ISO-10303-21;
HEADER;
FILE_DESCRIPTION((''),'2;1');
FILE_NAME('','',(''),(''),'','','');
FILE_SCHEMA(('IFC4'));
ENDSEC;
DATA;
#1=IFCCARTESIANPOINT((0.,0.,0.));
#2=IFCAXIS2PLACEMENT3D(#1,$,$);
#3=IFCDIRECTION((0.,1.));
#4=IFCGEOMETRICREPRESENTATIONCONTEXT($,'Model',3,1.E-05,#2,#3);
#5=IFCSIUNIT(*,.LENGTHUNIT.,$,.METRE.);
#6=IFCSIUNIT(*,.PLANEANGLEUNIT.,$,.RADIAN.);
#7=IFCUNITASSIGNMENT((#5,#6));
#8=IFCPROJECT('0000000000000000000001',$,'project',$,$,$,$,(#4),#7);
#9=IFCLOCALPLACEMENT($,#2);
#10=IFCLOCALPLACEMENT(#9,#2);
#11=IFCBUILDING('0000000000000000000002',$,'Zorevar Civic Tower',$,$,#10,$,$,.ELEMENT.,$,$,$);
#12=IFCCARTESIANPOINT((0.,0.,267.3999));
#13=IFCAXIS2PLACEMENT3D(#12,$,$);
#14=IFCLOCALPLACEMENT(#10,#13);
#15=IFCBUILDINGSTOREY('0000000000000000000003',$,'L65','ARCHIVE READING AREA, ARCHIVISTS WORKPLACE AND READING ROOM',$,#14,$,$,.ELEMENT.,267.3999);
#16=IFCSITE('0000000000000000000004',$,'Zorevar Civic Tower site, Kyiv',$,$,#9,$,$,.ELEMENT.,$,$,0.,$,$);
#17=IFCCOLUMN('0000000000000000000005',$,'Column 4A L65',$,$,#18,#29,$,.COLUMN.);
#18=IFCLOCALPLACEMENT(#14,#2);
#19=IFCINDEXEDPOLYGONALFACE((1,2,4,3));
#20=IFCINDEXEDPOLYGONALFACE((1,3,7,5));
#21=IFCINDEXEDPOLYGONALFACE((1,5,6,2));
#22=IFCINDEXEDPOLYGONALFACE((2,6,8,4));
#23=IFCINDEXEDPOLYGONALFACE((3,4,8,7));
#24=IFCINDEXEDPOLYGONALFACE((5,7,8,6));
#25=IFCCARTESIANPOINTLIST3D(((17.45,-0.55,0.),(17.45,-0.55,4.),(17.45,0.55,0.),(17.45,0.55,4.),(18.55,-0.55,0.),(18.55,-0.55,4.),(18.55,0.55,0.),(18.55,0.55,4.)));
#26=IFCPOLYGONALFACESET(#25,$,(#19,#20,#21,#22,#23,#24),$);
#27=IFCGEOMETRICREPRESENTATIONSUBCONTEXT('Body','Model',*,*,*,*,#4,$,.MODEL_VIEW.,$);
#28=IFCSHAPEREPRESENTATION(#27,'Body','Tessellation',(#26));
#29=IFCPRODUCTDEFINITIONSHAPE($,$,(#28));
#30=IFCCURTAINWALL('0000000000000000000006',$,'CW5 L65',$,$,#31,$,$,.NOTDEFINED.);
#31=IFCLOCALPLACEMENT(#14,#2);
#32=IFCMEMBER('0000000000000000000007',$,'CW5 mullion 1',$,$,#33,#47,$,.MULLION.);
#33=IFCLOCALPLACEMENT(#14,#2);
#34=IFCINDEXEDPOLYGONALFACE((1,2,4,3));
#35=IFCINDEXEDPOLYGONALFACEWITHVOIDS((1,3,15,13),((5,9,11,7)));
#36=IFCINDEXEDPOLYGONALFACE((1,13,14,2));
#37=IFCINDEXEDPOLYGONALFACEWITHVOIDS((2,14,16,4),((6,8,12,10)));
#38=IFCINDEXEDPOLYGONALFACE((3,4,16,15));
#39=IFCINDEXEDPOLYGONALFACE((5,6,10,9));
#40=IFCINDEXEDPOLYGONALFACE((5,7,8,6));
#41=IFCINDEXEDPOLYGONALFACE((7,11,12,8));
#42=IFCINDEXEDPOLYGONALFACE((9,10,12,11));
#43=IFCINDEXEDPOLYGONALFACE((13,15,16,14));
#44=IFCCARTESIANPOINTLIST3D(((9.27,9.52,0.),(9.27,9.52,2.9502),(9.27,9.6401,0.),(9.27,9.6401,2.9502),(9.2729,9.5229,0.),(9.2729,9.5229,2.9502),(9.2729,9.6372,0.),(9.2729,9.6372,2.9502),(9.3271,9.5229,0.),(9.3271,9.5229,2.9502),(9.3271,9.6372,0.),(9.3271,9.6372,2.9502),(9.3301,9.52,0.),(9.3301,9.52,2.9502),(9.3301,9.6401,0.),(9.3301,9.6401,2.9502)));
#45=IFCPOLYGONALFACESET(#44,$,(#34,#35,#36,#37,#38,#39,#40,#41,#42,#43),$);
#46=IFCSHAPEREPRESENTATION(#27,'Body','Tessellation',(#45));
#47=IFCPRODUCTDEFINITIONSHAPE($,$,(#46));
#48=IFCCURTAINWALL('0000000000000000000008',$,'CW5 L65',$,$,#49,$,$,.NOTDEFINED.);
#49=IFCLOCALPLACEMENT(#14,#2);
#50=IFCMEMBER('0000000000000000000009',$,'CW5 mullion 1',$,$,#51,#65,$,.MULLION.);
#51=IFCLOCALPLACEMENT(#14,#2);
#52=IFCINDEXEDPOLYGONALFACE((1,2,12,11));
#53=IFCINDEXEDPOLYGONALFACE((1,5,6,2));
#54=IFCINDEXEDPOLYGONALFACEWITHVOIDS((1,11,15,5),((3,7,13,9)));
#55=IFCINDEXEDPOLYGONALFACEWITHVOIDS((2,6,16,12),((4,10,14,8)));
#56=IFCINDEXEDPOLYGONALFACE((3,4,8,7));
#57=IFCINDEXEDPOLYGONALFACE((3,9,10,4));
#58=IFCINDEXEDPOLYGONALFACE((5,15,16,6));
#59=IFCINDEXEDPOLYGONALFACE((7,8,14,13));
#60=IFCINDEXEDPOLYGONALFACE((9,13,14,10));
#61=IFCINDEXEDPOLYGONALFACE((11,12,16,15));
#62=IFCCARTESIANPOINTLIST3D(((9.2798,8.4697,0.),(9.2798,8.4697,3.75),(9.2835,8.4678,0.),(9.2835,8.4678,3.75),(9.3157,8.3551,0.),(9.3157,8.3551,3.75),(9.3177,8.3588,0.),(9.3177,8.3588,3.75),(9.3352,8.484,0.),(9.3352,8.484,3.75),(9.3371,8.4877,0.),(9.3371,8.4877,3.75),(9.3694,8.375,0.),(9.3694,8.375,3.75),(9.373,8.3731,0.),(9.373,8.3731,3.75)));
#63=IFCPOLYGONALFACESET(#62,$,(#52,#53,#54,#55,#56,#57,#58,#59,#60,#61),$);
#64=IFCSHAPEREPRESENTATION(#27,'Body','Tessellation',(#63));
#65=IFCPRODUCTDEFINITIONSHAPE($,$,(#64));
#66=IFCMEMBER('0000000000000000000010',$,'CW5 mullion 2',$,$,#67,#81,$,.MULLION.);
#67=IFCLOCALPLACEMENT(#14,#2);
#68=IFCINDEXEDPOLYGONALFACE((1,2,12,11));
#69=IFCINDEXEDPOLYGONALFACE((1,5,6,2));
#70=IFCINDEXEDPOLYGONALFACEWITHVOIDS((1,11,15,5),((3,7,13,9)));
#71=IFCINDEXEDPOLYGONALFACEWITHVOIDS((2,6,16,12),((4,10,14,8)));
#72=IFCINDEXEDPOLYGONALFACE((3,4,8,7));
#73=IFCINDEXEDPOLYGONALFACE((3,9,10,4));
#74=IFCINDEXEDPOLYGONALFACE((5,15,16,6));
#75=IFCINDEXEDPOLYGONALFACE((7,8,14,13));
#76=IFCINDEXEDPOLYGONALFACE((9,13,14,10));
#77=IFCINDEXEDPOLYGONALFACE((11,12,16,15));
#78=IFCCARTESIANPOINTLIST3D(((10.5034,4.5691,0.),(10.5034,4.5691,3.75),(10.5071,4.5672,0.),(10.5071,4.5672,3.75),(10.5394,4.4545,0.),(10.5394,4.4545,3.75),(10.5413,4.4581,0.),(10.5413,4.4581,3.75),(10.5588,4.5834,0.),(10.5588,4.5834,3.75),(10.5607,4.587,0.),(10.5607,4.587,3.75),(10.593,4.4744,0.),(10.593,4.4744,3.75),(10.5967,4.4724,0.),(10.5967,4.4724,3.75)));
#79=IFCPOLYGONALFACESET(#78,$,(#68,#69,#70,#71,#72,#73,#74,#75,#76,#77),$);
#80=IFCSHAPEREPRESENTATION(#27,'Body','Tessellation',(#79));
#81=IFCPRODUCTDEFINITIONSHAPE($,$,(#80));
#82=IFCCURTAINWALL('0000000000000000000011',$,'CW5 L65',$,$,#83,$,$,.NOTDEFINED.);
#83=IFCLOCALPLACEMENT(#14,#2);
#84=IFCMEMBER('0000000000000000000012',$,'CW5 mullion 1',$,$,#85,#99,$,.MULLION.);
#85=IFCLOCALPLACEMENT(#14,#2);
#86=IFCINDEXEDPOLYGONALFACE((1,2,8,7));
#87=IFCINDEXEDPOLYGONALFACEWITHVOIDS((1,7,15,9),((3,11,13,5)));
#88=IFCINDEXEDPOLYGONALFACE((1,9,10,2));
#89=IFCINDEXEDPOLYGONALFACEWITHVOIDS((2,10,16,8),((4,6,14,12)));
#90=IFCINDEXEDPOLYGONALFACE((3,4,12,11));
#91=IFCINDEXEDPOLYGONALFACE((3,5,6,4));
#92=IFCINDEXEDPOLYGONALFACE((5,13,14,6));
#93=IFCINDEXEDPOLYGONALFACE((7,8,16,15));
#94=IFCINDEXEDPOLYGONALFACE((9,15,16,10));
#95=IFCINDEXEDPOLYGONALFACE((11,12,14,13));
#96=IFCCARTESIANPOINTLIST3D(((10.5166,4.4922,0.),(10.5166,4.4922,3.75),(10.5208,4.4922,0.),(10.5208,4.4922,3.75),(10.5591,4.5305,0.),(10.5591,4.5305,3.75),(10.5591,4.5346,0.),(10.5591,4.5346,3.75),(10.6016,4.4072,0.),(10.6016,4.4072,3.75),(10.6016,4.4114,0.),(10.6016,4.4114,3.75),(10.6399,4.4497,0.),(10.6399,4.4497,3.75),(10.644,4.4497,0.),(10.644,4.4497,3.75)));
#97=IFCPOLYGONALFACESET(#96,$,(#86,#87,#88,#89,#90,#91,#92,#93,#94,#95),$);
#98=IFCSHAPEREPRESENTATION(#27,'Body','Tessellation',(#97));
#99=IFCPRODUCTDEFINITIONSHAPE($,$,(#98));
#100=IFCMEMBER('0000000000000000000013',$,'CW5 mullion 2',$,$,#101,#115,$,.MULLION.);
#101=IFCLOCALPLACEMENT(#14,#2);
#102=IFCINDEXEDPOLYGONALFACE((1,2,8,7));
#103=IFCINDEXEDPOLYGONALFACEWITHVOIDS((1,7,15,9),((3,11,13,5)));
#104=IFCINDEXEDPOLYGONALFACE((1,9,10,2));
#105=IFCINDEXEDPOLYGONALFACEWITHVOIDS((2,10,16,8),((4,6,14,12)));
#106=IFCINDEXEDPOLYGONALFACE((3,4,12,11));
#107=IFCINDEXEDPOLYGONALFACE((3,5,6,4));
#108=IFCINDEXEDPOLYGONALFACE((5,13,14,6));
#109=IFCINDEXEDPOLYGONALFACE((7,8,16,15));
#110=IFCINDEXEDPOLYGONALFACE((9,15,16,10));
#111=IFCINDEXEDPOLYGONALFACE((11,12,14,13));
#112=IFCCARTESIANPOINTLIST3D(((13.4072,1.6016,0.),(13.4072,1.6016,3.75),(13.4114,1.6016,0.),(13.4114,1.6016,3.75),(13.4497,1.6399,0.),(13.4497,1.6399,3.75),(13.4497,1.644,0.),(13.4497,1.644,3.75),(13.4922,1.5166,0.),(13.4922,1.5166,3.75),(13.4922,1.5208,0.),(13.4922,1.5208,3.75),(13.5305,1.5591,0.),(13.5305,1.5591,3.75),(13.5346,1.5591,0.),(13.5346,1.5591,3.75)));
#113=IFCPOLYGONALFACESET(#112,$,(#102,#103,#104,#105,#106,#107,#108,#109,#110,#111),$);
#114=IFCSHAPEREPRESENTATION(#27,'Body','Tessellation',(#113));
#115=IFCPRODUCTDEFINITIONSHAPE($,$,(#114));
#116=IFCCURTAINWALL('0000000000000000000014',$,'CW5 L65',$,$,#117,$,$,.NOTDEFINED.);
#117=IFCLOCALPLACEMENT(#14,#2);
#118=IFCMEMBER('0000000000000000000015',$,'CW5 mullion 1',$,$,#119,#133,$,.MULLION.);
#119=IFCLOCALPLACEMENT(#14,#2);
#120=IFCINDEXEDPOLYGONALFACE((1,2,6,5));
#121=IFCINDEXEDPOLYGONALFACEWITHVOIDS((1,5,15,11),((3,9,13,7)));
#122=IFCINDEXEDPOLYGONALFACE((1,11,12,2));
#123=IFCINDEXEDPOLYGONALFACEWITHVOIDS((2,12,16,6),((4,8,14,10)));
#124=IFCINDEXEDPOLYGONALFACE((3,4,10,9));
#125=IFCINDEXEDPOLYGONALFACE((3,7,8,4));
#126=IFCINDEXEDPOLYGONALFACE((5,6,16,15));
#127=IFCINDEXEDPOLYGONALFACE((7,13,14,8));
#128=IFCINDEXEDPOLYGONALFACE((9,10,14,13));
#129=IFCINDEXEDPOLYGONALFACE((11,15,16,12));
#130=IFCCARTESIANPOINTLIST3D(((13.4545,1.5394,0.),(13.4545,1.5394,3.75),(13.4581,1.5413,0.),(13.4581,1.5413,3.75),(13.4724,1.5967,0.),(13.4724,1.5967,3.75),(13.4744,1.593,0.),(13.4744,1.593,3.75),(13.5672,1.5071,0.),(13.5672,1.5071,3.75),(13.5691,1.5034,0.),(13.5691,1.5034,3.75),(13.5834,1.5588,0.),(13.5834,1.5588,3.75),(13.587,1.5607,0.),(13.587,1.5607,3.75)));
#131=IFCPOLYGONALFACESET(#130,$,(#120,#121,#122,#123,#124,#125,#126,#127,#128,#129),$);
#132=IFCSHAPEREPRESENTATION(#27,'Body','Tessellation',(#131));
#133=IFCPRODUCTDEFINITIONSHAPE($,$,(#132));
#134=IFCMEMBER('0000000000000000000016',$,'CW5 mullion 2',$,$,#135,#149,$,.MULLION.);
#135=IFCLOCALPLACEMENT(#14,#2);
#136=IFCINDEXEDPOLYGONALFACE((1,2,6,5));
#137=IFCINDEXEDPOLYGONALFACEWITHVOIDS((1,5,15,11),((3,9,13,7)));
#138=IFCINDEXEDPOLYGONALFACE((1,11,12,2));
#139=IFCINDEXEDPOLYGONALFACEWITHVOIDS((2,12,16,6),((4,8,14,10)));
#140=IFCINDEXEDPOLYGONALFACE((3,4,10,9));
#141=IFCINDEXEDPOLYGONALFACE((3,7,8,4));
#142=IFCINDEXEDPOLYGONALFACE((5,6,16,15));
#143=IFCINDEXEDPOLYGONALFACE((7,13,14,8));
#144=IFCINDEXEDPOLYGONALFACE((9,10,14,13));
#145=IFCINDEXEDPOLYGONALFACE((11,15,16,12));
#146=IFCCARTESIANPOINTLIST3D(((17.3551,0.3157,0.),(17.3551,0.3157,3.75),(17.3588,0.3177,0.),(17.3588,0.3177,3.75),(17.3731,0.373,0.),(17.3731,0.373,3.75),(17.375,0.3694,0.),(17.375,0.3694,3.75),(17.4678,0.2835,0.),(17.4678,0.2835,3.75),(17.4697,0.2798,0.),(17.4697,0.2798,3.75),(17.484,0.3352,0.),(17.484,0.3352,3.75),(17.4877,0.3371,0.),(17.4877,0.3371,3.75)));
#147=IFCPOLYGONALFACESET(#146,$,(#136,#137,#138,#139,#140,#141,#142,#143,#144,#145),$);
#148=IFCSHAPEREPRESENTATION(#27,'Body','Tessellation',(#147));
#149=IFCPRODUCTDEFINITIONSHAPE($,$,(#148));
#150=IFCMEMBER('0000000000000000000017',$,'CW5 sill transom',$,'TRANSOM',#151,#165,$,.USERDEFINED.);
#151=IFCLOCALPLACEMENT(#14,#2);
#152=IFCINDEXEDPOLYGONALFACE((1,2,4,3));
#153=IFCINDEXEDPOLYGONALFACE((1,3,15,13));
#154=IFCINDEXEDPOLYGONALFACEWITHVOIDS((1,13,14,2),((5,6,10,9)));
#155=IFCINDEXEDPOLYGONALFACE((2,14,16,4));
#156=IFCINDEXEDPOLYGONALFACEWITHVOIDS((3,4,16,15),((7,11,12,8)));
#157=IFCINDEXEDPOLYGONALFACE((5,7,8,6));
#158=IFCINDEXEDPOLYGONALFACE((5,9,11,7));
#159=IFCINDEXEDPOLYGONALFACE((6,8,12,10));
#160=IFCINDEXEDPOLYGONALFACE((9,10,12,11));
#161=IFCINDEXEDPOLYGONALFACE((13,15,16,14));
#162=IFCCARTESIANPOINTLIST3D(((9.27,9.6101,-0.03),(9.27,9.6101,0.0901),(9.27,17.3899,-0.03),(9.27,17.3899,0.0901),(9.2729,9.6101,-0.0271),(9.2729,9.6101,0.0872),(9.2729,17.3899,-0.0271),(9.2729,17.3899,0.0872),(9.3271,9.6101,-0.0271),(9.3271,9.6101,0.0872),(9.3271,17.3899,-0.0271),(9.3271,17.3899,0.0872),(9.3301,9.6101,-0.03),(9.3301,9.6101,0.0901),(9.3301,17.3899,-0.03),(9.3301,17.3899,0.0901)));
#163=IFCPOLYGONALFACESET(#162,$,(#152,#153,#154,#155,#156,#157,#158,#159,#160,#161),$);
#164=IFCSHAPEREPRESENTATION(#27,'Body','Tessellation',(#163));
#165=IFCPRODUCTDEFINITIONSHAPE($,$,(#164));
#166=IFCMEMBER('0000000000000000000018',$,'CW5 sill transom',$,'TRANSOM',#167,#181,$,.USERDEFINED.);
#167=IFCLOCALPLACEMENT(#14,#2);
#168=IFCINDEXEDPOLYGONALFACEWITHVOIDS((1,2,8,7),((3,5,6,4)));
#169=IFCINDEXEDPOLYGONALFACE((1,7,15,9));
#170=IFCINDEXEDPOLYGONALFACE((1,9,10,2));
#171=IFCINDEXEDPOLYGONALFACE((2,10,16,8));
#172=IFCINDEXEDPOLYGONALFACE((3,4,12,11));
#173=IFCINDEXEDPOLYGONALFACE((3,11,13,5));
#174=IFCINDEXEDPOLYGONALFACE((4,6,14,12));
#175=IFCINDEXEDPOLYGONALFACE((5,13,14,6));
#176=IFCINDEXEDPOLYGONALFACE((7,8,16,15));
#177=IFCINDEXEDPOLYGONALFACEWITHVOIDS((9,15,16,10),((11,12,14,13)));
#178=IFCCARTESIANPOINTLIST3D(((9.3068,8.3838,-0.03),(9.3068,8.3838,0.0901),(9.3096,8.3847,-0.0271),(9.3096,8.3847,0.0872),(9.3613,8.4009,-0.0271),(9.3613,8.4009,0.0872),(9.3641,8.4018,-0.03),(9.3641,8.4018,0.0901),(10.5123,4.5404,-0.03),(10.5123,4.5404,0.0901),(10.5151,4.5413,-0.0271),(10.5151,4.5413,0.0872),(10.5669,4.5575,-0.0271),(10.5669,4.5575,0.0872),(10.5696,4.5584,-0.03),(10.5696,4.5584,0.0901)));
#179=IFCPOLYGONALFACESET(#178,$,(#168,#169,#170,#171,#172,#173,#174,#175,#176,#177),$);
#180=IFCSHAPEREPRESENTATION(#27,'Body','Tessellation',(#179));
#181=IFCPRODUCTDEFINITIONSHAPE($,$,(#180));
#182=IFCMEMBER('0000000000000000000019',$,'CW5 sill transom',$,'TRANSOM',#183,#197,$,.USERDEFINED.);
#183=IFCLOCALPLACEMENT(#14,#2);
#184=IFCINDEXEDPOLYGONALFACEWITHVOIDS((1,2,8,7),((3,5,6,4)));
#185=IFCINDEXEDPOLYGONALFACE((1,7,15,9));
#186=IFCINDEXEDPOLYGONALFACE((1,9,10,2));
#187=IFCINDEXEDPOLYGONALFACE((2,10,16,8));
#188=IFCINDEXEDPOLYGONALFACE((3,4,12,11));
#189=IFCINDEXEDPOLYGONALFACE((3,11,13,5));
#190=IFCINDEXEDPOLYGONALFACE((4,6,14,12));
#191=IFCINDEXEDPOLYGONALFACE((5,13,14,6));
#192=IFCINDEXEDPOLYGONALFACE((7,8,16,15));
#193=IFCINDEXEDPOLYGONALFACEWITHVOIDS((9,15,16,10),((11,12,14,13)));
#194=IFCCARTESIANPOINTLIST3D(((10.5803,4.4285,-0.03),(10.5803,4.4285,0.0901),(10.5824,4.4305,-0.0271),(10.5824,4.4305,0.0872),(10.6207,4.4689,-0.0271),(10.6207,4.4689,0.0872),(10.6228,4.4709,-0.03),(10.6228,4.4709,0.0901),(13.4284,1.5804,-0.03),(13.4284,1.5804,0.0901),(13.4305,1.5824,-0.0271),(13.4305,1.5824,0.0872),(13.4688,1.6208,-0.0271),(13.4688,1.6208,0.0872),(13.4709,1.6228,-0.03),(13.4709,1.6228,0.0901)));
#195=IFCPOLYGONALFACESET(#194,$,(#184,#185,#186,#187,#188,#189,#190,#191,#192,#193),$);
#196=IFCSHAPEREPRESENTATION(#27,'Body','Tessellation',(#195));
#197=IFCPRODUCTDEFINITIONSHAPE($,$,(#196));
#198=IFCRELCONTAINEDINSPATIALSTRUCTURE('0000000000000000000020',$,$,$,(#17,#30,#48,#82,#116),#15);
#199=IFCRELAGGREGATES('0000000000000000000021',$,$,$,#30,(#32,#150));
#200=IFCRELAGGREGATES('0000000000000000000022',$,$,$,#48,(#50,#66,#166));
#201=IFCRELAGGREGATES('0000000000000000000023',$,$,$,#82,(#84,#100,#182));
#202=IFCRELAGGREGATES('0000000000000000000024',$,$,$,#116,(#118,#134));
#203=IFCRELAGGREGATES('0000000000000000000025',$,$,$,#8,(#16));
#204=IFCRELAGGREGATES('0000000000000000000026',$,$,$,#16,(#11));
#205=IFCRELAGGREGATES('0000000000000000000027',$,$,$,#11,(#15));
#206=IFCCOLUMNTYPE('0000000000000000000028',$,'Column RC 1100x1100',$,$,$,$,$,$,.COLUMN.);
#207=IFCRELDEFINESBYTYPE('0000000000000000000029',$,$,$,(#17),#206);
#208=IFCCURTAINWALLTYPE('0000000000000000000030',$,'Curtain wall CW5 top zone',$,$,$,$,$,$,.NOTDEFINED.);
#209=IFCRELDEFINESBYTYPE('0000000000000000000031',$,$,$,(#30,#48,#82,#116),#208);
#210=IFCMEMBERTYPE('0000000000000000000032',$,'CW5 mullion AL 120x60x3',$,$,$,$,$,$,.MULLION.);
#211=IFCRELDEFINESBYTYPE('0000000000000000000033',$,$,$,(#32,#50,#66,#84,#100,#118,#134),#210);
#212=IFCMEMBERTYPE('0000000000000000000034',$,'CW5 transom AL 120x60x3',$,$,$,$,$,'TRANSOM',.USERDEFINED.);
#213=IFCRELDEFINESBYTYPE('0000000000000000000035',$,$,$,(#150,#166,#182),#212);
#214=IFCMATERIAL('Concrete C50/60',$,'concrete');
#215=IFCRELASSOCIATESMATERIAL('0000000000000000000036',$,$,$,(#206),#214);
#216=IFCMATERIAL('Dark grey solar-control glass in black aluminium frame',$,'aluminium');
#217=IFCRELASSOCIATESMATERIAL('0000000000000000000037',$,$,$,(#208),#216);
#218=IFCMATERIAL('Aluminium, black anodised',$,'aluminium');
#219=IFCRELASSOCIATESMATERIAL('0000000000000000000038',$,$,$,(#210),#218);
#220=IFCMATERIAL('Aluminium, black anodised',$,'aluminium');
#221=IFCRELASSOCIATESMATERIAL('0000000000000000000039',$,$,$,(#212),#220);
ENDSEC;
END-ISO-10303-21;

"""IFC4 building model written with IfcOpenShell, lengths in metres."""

from ifc_helpers import new_model, si_unit, direction, frame, origin, origin_2d, place, context, subcontext, project, spatial, rectangle, hollow_rectangle, extrude, material, material_profile, profile_set, type_object, element, aggregate, save


model = new_model("IFC4")

# Units and contexts
model_context = context("Model", 3, precision=1e-05, world=origin(), true_north=direction((0.0, 1.0)))
body_context = subcontext(model_context, "Body", "Model", "MODEL_VIEW")
ifc_project = project(units=[si_unit("LENGTHUNIT", "METRE"), si_unit("PLANEANGLEUNIT", "RADIAN")], contexts=[model_context])

# Site, building, storey
site_placement = place(None, origin())
site = spatial("IfcSite", under=ifc_project, at=site_placement, Name="Zorevar Civic Tower site, Kyiv", CompositionType="ELEMENT", RefElevation=0.0)
building_placement = place(site_placement, origin())
building = spatial("IfcBuilding", under=site, at=building_placement, Name="Zorevar Civic Tower", CompositionType="ELEMENT")
storey_placement = place(building_placement, frame((0.0, 0.0, 267.3999)))
storey = spatial("IfcBuildingStorey", under=building, at=storey_placement, Name="L65", Description="ARCHIVE READING AREA, ARCHIVISTS WORKPLACE AND READING ROOM", CompositionType="ELEMENT", Elevation=267.3999)

# Column
ifc_material_1 = material(Name="Concrete C50/60", Category="concrete")
ifc_material_profile_1 = material_profile(ifc_material_1, rectangle(XDim=1.1001, YDim=1.1001, at=origin_2d()), Name="RC 1100x1100")
ifc_profile_set_1 = profile_set([ifc_material_profile_1], Name="Concrete C50/60")
column_type = type_object("IfcColumnType", Name="Column RC 1100x1100", PredefinedType="COLUMN", material=ifc_profile_set_1)
column_placement = place(storey_placement, frame((18.0, 0.0, 0.0), z_axis=(0.0, 0.0, 1.0), x_axis=(1.0, 0.0, 0.0)))
element("IfcColumn", 1, at=column_placement, inside=storey, type_object=column_type, Name="Column 4A L65", PredefinedType="COLUMN", context=body_context, shape_type="SweptSolid", body=[
    extrude(rectangle(XDim=1.1001, YDim=1.1001, at=origin_2d()), origin(), (0.0, 0.0, 1.0), 4.0),
])

# Curtain wall, member
ifc_material_2 = material(Name="Dark grey solar-control glass in black aluminium frame", Category="aluminium")
curtain_wall_type = type_object("IfcCurtainWallType", Name="Curtain wall CW5 top zone", PredefinedType="NOTDEFINED", material=ifc_material_2)
curtain_wall_1_placement = place(storey_placement, origin())
curtain_wall_1 = element("IfcCurtainWall", 2, at=curtain_wall_1_placement, inside=storey, type_object=curtain_wall_type, Name="CW5 L65", PredefinedType="NOTDEFINED")
ifc_material_3 = material(Name="Aluminium, black anodised", Category="aluminium")
ifc_material_profile_2 = material_profile(ifc_material_3, hollow_rectangle(XDim=0.0601, YDim=0.1201, WallThickness=0.0029, at=origin_2d()), Name="AL 120x60x3")
ifc_profile_set_2 = profile_set([ifc_material_profile_2], Name="Aluminium, black anodised")
member_type_1 = type_object("IfcMemberType", Name="CW5 mullion AL 120x60x3", PredefinedType="MULLION", material=ifc_profile_set_2)
member_1_placement = place(storey_placement, frame((9.3, 9.5801, 0.0), z_axis=(0.0, 0.0, 1.0), x_axis=(-1.0, 0.0, 0.0)))
member_1 = element("IfcMember", 3, at=member_1_placement, type_object=member_type_1, Name="CW5 mullion 1", PredefinedType="MULLION", context=body_context, shape_type="SweptSolid", body=[
    extrude(hollow_rectangle(XDim=0.0601, YDim=0.1201, WallThickness=0.0029, at=origin_2d()), origin(), (0.0, 0.0, 1.0), 2.9502),
])

# Curtain walls, members
curtain_wall_2_placement = place(storey_placement, origin())
curtain_wall_2 = element("IfcCurtainWall", 4, at=curtain_wall_2_placement, inside=storey, type_object=curtain_wall_type, Name="CW5 L65", PredefinedType="NOTDEFINED")
member_2_placement = place(storey_placement, frame((9.3264, 8.4214, 0.0), z_axis=(0.0, 0.0, 1.0), x_axis=(0.954153, 0.299318, 0.0)))
member_2 = element("IfcMember", 5, at=member_2_placement, type_object=member_type_1, Name="CW5 mullion 1", PredefinedType="MULLION", context=body_context, shape_type="SweptSolid", body=[
    extrude(hollow_rectangle(XDim=0.0601, YDim=0.1201, WallThickness=0.0029, at=origin_2d()), origin(), (0.0, 0.0, 1.0), 3.75),
])
member_3_placement = place(storey_placement, frame((10.55, 4.5208, 0.0), z_axis=(0.0, 0.0, 1.0), x_axis=(0.954153, 0.299318, 0.0)))
member_3 = element("IfcMember", 6, at=member_3_placement, type_object=member_type_1, Name="CW5 mullion 2", PredefinedType="MULLION", context=body_context, shape_type="SweptSolid", body=[
    extrude(hollow_rectangle(XDim=0.0601, YDim=0.1201, WallThickness=0.0029, at=origin_2d()), origin(), (0.0, 0.0, 1.0), 3.75),
])
curtain_wall_3_placement = place(storey_placement, origin())
curtain_wall_3 = element("IfcCurtainWall", 7, at=curtain_wall_3_placement, inside=storey, type_object=curtain_wall_type, Name="CW5 L65", PredefinedType="NOTDEFINED")
member_4_placement = place(storey_placement, frame((10.5803, 4.4709, 0.0), z_axis=(0.0, 0.0, 1.0), x_axis=(0.707107, 0.707107, 0.0)))
member_4 = element("IfcMember", 8, at=member_4_placement, type_object=member_type_1, Name="CW5 mullion 1", PredefinedType="MULLION", context=body_context, shape_type="SweptSolid", body=[
    extrude(hollow_rectangle(XDim=0.0601, YDim=0.1201, WallThickness=0.0029, at=origin_2d()), origin(), (0.0, 0.0, 1.0), 3.75),
])
member_5_placement = place(storey_placement, frame((13.4709, 1.5803, 0.0), z_axis=(0.0, 0.0, 1.0), x_axis=(0.707107, 0.707107, 0.0)))
member_5 = element("IfcMember", 9, at=member_5_placement, type_object=member_type_1, Name="CW5 mullion 2", PredefinedType="MULLION", context=body_context, shape_type="SweptSolid", body=[
    extrude(hollow_rectangle(XDim=0.0601, YDim=0.1201, WallThickness=0.0029, at=origin_2d()), origin(), (0.0, 0.0, 1.0), 3.75),
])
curtain_wall_4_placement = place(storey_placement, origin())
curtain_wall_4 = element("IfcCurtainWall", 10, at=curtain_wall_4_placement, inside=storey, type_object=curtain_wall_type, Name="CW5 L65", PredefinedType="NOTDEFINED")
member_6_placement = place(storey_placement, frame((13.5208, 1.55, 0.0), z_axis=(0.0, 0.0, 1.0), x_axis=(0.299318, 0.954153, 0.0)))
member_6 = element("IfcMember", 11, at=member_6_placement, type_object=member_type_1, Name="CW5 mullion 1", PredefinedType="MULLION", context=body_context, shape_type="SweptSolid", body=[
    extrude(hollow_rectangle(XDim=0.0601, YDim=0.1201, WallThickness=0.0029, at=origin_2d()), origin(), (0.0, 0.0, 1.0), 3.75),
])
member_7_placement = place(storey_placement, frame((17.4214, 0.3264, 0.0), z_axis=(0.0, 0.0, 1.0), x_axis=(0.299318, 0.954153, 0.0)))
member_7 = element("IfcMember", 12, at=member_7_placement, type_object=member_type_1, Name="CW5 mullion 2", PredefinedType="MULLION", context=body_context, shape_type="SweptSolid", body=[
    extrude(hollow_rectangle(XDim=0.0601, YDim=0.1201, WallThickness=0.0029, at=origin_2d()), origin(), (0.0, 0.0, 1.0), 3.75),
])

# Members
ifc_material_4 = material(Name="Aluminium, black anodised", Category="aluminium")
ifc_material_profile_3 = material_profile(ifc_material_4, hollow_rectangle(XDim=0.0601, YDim=0.1201, WallThickness=0.0029, at=origin_2d()), Name="AL 120x60x3")
ifc_profile_set_3 = profile_set([ifc_material_profile_3], Name="Aluminium, black anodised")
member_type_2 = type_object("IfcMemberType", Name="CW5 transom AL 120x60x3", ElementType="TRANSOM", PredefinedType="USERDEFINED", material=ifc_profile_set_3)
member_8_placement = place(storey_placement, frame((9.3, 9.6101, 0.03), z_axis=(0.0, 1.0, 0.0), x_axis=(-1.0, 0.0, 0.0)))
member_8 = element("IfcMember", 13, at=member_8_placement, type_object=member_type_2, Name="CW5 sill transom", ObjectType="TRANSOM", PredefinedType="USERDEFINED", context=body_context, shape_type="SweptSolid", body=[
    extrude(hollow_rectangle(XDim=0.0601, YDim=0.1201, WallThickness=0.0029, at=origin_2d()), origin(), (0.0, 0.0, 1.0), 7.7798),
])
aggregate(curtain_wall_1, [member_1, member_8])
member_9_placement = place(storey_placement, frame((9.3354, 8.3928, 0.03), z_axis=(0.299286, -0.954163, 0.0), x_axis=(0.954163, 0.299286, 0.0)))
member_9 = element("IfcMember", 14, at=member_9_placement, type_object=member_type_2, Name="CW5 sill transom", ObjectType="TRANSOM", PredefinedType="USERDEFINED", context=body_context, shape_type="SweptSolid", body=[
    extrude(hollow_rectangle(XDim=0.0601, YDim=0.1201, WallThickness=0.0029, at=origin_2d()), origin(), (0.0, 0.0, 1.0), 4.0281),
])
member_10_placement = place(storey_placement, frame((10.6016, 4.4497, 0.03), z_axis=(0.707107, -0.707107, 0.0), x_axis=(0.707107, 0.707107, 0.0)))
member_10 = element("IfcMember", 15, at=member_10_placement, type_object=member_type_2, Name="CW5 sill transom", ObjectType="TRANSOM", PredefinedType="USERDEFINED", context=body_context, shape_type="SweptSolid", body=[
    extrude(hollow_rectangle(XDim=0.0601, YDim=0.1201, WallThickness=0.0029, at=origin_2d()), origin(), (0.0, 0.0, 1.0), 4.0278),
])

aggregate(curtain_wall_2, [member_2, member_3, member_9])
aggregate(curtain_wall_3, [member_4, member_5, member_10])
aggregate(curtain_wall_4, [member_6, member_7])

save(model, "model.ifc")
